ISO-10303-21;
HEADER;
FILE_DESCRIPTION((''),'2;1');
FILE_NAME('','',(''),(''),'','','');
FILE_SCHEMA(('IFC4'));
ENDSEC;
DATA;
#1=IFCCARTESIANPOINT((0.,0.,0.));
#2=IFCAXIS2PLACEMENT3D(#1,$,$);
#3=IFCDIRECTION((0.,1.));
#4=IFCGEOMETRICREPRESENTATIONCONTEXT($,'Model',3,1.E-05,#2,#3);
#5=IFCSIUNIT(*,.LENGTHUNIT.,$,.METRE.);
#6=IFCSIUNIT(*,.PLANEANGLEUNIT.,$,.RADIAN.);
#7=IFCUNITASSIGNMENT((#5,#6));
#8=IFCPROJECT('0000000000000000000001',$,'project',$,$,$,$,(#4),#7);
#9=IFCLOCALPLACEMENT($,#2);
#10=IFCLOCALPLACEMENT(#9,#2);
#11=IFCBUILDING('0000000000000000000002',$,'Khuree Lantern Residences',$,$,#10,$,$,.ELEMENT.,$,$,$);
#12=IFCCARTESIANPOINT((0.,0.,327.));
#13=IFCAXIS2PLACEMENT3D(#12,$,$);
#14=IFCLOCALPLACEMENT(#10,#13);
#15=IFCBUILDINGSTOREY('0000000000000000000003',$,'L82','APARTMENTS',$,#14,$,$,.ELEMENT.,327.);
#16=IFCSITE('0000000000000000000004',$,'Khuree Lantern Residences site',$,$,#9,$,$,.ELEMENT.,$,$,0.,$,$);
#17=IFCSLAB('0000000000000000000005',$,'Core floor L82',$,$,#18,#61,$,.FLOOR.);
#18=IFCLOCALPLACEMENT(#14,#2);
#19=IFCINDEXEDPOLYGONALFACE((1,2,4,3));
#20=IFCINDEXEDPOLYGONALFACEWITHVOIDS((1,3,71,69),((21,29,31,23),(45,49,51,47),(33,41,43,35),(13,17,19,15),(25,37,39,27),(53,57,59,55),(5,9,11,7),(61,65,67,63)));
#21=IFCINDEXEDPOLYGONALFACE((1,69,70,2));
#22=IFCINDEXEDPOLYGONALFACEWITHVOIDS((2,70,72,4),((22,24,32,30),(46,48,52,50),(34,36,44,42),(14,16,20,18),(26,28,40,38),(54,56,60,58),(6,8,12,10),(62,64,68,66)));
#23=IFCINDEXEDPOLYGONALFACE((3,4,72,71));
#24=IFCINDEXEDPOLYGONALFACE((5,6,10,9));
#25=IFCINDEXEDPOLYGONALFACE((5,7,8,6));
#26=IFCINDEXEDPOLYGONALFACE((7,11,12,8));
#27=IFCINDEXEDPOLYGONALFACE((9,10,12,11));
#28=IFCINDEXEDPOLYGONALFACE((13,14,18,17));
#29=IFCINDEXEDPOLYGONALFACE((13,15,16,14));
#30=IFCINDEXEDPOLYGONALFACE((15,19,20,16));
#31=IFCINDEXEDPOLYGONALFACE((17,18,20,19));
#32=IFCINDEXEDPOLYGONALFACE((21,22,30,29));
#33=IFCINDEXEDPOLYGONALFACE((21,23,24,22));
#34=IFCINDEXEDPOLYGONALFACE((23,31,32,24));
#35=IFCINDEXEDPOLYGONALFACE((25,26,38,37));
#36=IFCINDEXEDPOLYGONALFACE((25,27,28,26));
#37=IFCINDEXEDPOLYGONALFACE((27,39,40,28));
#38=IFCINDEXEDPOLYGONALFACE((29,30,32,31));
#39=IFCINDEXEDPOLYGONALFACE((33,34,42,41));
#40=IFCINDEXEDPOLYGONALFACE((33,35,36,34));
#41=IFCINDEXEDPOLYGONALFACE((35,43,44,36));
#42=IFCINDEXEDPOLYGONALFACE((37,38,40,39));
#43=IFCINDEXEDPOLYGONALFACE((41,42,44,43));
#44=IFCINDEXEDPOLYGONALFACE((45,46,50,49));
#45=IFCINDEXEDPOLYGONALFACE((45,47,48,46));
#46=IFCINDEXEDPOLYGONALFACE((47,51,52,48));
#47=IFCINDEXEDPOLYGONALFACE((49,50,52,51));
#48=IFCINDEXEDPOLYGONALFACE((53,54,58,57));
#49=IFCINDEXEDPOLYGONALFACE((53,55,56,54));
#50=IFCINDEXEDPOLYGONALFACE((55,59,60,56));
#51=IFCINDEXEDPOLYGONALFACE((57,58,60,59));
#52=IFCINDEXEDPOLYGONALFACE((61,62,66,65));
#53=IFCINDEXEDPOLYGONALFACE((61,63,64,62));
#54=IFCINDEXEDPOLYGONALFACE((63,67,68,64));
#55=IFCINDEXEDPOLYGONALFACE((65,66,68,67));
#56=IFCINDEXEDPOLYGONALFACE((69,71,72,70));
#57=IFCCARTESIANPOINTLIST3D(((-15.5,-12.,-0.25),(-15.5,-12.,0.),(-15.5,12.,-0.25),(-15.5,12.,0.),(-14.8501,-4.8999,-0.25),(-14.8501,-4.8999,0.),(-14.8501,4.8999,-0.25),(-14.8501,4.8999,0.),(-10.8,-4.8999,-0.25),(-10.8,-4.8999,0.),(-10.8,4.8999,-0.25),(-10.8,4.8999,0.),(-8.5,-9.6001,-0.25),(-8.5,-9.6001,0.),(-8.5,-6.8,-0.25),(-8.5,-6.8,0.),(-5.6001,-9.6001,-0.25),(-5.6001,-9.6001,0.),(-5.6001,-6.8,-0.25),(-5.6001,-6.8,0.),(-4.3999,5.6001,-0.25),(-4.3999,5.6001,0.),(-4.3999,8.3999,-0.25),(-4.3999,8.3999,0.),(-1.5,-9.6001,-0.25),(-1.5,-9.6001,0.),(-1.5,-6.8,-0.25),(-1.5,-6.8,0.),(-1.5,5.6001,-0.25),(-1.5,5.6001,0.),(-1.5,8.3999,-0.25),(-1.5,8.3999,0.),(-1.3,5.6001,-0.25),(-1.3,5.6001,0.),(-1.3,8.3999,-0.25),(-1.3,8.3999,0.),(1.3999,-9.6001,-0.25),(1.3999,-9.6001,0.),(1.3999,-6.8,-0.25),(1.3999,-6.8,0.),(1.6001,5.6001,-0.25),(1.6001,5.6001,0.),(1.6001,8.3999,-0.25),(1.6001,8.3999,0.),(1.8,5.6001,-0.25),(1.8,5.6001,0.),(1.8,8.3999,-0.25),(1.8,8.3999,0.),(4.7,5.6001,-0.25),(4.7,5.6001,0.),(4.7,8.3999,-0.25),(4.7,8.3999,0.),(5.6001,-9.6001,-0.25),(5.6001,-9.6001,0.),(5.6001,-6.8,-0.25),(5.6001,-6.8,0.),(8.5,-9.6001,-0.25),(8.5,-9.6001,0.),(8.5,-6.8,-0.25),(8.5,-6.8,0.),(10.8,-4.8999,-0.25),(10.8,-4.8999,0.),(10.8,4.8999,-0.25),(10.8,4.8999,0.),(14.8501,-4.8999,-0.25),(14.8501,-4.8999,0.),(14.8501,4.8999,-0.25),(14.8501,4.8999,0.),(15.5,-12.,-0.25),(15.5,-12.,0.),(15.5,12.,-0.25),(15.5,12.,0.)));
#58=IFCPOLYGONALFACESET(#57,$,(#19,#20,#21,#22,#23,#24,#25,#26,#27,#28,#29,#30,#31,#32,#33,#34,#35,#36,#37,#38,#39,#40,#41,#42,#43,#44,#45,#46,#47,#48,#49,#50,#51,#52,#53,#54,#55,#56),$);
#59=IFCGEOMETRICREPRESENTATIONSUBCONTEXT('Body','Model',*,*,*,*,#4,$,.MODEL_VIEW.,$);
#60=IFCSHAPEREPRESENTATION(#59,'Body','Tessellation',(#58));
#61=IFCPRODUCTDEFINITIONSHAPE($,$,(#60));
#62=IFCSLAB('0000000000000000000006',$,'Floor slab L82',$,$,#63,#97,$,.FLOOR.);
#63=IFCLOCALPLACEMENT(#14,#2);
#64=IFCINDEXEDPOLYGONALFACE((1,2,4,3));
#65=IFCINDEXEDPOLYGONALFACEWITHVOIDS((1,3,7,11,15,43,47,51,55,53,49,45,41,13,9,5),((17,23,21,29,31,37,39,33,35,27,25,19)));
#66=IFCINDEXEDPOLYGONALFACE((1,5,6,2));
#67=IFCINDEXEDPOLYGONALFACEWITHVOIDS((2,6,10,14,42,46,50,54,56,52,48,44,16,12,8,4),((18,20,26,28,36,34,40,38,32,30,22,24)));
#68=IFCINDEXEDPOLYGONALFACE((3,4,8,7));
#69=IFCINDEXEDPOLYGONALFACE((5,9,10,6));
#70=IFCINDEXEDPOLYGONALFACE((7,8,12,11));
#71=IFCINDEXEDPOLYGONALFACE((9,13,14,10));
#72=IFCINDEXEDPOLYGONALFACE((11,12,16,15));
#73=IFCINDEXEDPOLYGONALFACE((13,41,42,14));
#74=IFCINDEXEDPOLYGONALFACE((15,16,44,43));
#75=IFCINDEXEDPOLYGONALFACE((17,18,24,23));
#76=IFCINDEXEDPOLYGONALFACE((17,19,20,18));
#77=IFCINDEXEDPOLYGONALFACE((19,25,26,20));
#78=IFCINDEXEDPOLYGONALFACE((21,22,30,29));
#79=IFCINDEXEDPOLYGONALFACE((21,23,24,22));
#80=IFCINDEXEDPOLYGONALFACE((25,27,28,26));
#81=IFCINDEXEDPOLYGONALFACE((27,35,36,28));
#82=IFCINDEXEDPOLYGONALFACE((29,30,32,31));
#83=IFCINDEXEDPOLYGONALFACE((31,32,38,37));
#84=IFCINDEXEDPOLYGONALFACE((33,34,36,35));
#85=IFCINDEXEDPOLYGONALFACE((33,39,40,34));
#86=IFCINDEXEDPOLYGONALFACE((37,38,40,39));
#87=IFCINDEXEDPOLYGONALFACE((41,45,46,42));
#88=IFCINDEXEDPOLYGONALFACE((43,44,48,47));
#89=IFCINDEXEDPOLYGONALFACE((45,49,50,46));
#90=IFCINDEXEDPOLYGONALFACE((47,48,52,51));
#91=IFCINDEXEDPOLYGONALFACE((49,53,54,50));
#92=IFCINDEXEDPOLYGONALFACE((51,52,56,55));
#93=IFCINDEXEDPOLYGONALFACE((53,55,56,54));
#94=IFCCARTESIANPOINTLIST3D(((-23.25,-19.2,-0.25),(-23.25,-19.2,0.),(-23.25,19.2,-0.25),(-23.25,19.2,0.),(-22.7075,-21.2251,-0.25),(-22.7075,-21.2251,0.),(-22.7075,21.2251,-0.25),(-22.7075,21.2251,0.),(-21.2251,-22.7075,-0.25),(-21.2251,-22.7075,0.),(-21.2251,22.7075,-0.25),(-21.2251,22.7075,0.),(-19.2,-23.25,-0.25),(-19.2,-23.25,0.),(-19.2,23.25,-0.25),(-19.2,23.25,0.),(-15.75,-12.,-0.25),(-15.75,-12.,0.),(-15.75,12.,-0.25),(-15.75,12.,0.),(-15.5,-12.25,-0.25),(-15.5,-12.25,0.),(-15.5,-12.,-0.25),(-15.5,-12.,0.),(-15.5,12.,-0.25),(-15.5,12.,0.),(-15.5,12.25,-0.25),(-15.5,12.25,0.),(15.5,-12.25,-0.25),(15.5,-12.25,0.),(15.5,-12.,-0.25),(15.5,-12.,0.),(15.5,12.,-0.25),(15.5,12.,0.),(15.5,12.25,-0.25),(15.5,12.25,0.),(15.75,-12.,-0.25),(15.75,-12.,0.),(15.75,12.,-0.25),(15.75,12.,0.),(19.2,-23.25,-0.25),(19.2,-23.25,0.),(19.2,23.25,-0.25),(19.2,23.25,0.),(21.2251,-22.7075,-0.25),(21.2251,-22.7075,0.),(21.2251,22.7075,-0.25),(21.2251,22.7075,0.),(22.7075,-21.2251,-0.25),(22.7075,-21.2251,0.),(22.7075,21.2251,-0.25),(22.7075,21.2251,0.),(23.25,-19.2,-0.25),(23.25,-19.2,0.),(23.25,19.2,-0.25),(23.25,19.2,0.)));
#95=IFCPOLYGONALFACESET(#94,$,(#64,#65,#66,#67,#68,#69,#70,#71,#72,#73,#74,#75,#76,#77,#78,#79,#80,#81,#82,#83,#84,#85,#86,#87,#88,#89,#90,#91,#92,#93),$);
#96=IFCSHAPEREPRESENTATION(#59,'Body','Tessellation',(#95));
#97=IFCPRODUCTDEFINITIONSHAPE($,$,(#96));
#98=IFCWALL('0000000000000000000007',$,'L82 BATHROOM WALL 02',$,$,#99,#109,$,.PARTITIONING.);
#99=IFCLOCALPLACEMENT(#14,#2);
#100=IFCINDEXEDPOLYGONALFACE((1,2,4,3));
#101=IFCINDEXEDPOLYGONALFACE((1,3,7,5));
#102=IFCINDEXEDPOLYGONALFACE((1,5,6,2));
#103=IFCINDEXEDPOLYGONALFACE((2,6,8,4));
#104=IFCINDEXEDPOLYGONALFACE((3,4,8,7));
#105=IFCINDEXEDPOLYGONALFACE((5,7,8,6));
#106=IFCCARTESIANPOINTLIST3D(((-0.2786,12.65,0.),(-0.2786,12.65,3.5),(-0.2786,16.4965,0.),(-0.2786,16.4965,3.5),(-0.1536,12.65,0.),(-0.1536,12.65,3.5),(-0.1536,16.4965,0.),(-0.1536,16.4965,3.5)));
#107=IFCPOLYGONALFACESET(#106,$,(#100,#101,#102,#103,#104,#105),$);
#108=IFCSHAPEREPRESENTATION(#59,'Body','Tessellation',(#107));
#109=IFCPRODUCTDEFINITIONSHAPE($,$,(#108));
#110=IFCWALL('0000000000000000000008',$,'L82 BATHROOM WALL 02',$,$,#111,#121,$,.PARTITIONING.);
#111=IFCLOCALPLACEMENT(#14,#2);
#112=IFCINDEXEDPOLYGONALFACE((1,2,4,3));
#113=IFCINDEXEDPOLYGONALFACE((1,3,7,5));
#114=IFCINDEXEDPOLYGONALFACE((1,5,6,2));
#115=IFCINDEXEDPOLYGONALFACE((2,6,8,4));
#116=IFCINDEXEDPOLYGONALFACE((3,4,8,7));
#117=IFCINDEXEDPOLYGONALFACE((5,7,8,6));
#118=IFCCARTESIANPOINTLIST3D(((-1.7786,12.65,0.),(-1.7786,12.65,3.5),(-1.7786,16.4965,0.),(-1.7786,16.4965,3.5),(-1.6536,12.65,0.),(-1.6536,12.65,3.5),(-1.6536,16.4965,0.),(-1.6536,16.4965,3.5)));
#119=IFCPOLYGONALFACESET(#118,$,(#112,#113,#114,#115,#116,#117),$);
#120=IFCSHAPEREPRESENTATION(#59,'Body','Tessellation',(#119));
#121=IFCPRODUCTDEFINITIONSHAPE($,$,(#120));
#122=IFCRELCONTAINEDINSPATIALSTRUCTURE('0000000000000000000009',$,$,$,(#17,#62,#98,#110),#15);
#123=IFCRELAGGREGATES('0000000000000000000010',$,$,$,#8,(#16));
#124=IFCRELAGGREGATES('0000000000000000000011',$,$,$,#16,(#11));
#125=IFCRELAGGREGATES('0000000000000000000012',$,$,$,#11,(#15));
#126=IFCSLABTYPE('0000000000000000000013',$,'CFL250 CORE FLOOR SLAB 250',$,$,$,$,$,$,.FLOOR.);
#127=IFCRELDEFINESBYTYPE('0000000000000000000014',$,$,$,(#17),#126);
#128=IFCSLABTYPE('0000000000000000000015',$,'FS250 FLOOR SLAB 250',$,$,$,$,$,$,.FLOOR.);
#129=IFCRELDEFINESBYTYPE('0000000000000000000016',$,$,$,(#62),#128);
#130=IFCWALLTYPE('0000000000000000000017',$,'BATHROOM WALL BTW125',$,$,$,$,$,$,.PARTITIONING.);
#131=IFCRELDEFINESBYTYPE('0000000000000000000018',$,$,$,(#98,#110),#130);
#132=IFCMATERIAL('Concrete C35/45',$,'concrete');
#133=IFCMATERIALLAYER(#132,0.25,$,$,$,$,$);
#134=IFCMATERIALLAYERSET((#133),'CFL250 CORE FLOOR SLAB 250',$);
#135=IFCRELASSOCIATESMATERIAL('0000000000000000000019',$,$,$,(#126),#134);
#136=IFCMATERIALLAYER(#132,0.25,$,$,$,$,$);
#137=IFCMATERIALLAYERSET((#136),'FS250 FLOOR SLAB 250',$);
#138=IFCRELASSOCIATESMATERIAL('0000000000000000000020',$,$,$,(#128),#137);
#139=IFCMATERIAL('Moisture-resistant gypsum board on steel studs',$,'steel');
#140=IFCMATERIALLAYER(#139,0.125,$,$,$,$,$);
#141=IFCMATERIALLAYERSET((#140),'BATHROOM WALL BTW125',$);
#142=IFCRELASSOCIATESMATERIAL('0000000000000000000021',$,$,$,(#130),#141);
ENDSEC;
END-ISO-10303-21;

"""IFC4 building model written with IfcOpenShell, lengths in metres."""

from ifc_helpers import new_model, si_unit, direction, frame, frame_2d, origin, place, context, subcontext, project, spatial, polyline, rectangle, outline, extrude, material, layer, layer_set, type_object, element, save


model = new_model("IFC4")

# Units and contexts
model_context = context("Model", 3, precision=1e-05, world=origin(), true_north=direction((0.0, 1.0)))
body_context = subcontext(model_context, "Body", "Model", "MODEL_VIEW")
ifc_project = project(units=[si_unit("LENGTHUNIT", "METRE"), si_unit("PLANEANGLEUNIT", "RADIAN")], contexts=[model_context])

# Site, building, storey
site_placement = place(None, origin())
site = spatial("IfcSite", under=ifc_project, at=site_placement, Name="Khuree Lantern Residences site", CompositionType="ELEMENT", RefElevation=0.0)
building_placement = place(site_placement, origin())
building = spatial("IfcBuilding", under=site, at=building_placement, Name="Khuree Lantern Residences", CompositionType="ELEMENT")
storey_placement = place(building_placement, frame((0.0, 0.0, 327.0)))
storey = spatial("IfcBuildingStorey", under=building, at=storey_placement, Name="L82", Description="APARTMENTS", CompositionType="ELEMENT", Elevation=327.0)

# Slabs
ifc_material_1 = material(Name="Concrete C35/45", Category="concrete")
ifc_layer_1 = layer(ifc_material_1, 0.25)
ifc_layer_set_1 = layer_set([ifc_layer_1], Name="CFL250 CORE FLOOR SLAB 250")
slab_type_1 = type_object("IfcSlabType", Name="CFL250 CORE FLOOR SLAB 250", PredefinedType="FLOOR", material=ifc_layer_set_1)
slab_1_placement = place(storey_placement, frame((0.0, 0.0, -0.25)))
element("IfcSlab", 1, at=slab_1_placement, inside=storey, type_object=slab_type_1, Name="Core floor L82", PredefinedType="FLOOR", context=body_context, shape_type="SweptSolid", body=[
    extrude(outline(polyline([(-15.5, -12.0), (-15.5, 12.0), (15.5, 12.0), (15.5, -12.0), (-15.5, -12.0)]), holes=[polyline([(10.8, 4.8999), (10.8, -4.8999), (14.8501, -4.8999), (14.8501, 4.8999), (10.8, 4.8999)]), polyline([(5.6001, -6.8), (5.6001, -9.6001), (8.5, -9.6001), (8.5, -6.8), (5.6001, -6.8)]), polyline([(1.8, 8.3999), (1.8, 5.6001), (4.7, 5.6001), (4.7, 8.3999), (1.8, 8.3999)]), polyline([(-1.3, 8.3999), (-1.3, 5.6001), (1.6001, 5.6001), (1.6001, 8.3999), (-1.3, 8.3999)]), polyline([(-1.5, -6.8), (-1.5, -9.6001), (1.3999, -9.6001), (1.3999, -6.8), (-1.5, -6.8)]), polyline([(-4.3999, 8.3999), (-4.3999, 5.6001), (-1.5, 5.6001), (-1.5, 8.3999), (-4.3999, 8.3999)]), polyline([(-8.5, -6.8), (-8.5, -9.6001), (-5.6001, -9.6001), (-5.6001, -6.8), (-8.5, -6.8)]), polyline([(-14.8501, 4.8999), (-14.8501, -4.8999), (-10.8, -4.8999), (-10.8, 4.8999), (-14.8501, 4.8999)])]), origin(), (0.0, 0.0, 1.0), 0.25),
])
ifc_layer_2 = layer(ifc_material_1, 0.25)
ifc_layer_set_2 = layer_set([ifc_layer_2], Name="FS250 FLOOR SLAB 250")
slab_type_2 = type_object("IfcSlabType", Name="FS250 FLOOR SLAB 250", PredefinedType="FLOOR", material=ifc_layer_set_2)
slab_2_placement = place(storey_placement, frame((0.0, 0.0, -0.25)))
element("IfcSlab", 2, at=slab_2_placement, inside=storey, type_object=slab_type_2, Name="Floor slab L82", PredefinedType="FLOOR", context=body_context, shape_type="SweptSolid", body=[
    extrude(outline(polyline([(-21.2251, -22.7075), (-22.7075, -21.2251), (-23.25, -19.2), (-23.25, 19.2), (-22.7075, 21.2251), (-21.2251, 22.7075), (-19.2, 23.25), (19.2, 23.25), (21.2251, 22.7075), (22.7075, 21.2251), (23.25, 19.2), (23.25, -19.2), (22.7075, -21.2251), (21.2251, -22.7075), (19.2, -23.25), (-19.2, -23.25), (-21.2251, -22.7075)]), holes=[polyline([(15.75, 12.0), (15.5, 12.0), (15.5, 12.25), (-15.5, 12.25), (-15.5, 12.0), (-15.75, 12.0), (-15.75, -12.0), (-15.5, -12.0), (-15.5, -12.25), (15.5, -12.25), (15.5, -12.0), (15.75, -12.0), (15.75, 12.0)])]), origin(), (0.0, 0.0, 1.0), 0.25),
])

# Walls
ifc_material_2 = material(Name="Moisture-resistant gypsum board on steel studs", Category="steel")
ifc_layer_3 = layer(ifc_material_2, 0.125)
ifc_layer_set_3 = layer_set([ifc_layer_3], Name="BATHROOM WALL BTW125")
wall_type_1 = type_object("IfcWallType", Name="BATHROOM WALL BTW125", PredefinedType="PARTITIONING", material=ifc_layer_set_3)
for number, where, z_axis, x_axis, name in (
    (3, (-0.2161, 12.6499, 0.0), (0.0, 0.0, 1.0), (0.0, 1.0, 0.0), "L82 BATHROOM WALL 02"),
    (4, (-1.7161, 12.6499, 0.0), (0.0, 0.0, 1.0), (0.0, 1.0, 0.0), "L82 BATHROOM WALL 02"),
):
    element("IfcWall", number, at=place(storey_placement, frame(where, z_axis=z_axis, x_axis=x_axis)), inside=storey, type_object=wall_type_1, Name=name, PredefinedType="PARTITIONING", context=body_context, shape_type="SweptSolid", body=[
        extrude(rectangle(XDim=3.8464, YDim=0.125, at=frame_2d((1.9233, 0.0))), origin(), (0.0, 0.0, 1.0), 3.5),
    ])

save(model, "model.ifc")
